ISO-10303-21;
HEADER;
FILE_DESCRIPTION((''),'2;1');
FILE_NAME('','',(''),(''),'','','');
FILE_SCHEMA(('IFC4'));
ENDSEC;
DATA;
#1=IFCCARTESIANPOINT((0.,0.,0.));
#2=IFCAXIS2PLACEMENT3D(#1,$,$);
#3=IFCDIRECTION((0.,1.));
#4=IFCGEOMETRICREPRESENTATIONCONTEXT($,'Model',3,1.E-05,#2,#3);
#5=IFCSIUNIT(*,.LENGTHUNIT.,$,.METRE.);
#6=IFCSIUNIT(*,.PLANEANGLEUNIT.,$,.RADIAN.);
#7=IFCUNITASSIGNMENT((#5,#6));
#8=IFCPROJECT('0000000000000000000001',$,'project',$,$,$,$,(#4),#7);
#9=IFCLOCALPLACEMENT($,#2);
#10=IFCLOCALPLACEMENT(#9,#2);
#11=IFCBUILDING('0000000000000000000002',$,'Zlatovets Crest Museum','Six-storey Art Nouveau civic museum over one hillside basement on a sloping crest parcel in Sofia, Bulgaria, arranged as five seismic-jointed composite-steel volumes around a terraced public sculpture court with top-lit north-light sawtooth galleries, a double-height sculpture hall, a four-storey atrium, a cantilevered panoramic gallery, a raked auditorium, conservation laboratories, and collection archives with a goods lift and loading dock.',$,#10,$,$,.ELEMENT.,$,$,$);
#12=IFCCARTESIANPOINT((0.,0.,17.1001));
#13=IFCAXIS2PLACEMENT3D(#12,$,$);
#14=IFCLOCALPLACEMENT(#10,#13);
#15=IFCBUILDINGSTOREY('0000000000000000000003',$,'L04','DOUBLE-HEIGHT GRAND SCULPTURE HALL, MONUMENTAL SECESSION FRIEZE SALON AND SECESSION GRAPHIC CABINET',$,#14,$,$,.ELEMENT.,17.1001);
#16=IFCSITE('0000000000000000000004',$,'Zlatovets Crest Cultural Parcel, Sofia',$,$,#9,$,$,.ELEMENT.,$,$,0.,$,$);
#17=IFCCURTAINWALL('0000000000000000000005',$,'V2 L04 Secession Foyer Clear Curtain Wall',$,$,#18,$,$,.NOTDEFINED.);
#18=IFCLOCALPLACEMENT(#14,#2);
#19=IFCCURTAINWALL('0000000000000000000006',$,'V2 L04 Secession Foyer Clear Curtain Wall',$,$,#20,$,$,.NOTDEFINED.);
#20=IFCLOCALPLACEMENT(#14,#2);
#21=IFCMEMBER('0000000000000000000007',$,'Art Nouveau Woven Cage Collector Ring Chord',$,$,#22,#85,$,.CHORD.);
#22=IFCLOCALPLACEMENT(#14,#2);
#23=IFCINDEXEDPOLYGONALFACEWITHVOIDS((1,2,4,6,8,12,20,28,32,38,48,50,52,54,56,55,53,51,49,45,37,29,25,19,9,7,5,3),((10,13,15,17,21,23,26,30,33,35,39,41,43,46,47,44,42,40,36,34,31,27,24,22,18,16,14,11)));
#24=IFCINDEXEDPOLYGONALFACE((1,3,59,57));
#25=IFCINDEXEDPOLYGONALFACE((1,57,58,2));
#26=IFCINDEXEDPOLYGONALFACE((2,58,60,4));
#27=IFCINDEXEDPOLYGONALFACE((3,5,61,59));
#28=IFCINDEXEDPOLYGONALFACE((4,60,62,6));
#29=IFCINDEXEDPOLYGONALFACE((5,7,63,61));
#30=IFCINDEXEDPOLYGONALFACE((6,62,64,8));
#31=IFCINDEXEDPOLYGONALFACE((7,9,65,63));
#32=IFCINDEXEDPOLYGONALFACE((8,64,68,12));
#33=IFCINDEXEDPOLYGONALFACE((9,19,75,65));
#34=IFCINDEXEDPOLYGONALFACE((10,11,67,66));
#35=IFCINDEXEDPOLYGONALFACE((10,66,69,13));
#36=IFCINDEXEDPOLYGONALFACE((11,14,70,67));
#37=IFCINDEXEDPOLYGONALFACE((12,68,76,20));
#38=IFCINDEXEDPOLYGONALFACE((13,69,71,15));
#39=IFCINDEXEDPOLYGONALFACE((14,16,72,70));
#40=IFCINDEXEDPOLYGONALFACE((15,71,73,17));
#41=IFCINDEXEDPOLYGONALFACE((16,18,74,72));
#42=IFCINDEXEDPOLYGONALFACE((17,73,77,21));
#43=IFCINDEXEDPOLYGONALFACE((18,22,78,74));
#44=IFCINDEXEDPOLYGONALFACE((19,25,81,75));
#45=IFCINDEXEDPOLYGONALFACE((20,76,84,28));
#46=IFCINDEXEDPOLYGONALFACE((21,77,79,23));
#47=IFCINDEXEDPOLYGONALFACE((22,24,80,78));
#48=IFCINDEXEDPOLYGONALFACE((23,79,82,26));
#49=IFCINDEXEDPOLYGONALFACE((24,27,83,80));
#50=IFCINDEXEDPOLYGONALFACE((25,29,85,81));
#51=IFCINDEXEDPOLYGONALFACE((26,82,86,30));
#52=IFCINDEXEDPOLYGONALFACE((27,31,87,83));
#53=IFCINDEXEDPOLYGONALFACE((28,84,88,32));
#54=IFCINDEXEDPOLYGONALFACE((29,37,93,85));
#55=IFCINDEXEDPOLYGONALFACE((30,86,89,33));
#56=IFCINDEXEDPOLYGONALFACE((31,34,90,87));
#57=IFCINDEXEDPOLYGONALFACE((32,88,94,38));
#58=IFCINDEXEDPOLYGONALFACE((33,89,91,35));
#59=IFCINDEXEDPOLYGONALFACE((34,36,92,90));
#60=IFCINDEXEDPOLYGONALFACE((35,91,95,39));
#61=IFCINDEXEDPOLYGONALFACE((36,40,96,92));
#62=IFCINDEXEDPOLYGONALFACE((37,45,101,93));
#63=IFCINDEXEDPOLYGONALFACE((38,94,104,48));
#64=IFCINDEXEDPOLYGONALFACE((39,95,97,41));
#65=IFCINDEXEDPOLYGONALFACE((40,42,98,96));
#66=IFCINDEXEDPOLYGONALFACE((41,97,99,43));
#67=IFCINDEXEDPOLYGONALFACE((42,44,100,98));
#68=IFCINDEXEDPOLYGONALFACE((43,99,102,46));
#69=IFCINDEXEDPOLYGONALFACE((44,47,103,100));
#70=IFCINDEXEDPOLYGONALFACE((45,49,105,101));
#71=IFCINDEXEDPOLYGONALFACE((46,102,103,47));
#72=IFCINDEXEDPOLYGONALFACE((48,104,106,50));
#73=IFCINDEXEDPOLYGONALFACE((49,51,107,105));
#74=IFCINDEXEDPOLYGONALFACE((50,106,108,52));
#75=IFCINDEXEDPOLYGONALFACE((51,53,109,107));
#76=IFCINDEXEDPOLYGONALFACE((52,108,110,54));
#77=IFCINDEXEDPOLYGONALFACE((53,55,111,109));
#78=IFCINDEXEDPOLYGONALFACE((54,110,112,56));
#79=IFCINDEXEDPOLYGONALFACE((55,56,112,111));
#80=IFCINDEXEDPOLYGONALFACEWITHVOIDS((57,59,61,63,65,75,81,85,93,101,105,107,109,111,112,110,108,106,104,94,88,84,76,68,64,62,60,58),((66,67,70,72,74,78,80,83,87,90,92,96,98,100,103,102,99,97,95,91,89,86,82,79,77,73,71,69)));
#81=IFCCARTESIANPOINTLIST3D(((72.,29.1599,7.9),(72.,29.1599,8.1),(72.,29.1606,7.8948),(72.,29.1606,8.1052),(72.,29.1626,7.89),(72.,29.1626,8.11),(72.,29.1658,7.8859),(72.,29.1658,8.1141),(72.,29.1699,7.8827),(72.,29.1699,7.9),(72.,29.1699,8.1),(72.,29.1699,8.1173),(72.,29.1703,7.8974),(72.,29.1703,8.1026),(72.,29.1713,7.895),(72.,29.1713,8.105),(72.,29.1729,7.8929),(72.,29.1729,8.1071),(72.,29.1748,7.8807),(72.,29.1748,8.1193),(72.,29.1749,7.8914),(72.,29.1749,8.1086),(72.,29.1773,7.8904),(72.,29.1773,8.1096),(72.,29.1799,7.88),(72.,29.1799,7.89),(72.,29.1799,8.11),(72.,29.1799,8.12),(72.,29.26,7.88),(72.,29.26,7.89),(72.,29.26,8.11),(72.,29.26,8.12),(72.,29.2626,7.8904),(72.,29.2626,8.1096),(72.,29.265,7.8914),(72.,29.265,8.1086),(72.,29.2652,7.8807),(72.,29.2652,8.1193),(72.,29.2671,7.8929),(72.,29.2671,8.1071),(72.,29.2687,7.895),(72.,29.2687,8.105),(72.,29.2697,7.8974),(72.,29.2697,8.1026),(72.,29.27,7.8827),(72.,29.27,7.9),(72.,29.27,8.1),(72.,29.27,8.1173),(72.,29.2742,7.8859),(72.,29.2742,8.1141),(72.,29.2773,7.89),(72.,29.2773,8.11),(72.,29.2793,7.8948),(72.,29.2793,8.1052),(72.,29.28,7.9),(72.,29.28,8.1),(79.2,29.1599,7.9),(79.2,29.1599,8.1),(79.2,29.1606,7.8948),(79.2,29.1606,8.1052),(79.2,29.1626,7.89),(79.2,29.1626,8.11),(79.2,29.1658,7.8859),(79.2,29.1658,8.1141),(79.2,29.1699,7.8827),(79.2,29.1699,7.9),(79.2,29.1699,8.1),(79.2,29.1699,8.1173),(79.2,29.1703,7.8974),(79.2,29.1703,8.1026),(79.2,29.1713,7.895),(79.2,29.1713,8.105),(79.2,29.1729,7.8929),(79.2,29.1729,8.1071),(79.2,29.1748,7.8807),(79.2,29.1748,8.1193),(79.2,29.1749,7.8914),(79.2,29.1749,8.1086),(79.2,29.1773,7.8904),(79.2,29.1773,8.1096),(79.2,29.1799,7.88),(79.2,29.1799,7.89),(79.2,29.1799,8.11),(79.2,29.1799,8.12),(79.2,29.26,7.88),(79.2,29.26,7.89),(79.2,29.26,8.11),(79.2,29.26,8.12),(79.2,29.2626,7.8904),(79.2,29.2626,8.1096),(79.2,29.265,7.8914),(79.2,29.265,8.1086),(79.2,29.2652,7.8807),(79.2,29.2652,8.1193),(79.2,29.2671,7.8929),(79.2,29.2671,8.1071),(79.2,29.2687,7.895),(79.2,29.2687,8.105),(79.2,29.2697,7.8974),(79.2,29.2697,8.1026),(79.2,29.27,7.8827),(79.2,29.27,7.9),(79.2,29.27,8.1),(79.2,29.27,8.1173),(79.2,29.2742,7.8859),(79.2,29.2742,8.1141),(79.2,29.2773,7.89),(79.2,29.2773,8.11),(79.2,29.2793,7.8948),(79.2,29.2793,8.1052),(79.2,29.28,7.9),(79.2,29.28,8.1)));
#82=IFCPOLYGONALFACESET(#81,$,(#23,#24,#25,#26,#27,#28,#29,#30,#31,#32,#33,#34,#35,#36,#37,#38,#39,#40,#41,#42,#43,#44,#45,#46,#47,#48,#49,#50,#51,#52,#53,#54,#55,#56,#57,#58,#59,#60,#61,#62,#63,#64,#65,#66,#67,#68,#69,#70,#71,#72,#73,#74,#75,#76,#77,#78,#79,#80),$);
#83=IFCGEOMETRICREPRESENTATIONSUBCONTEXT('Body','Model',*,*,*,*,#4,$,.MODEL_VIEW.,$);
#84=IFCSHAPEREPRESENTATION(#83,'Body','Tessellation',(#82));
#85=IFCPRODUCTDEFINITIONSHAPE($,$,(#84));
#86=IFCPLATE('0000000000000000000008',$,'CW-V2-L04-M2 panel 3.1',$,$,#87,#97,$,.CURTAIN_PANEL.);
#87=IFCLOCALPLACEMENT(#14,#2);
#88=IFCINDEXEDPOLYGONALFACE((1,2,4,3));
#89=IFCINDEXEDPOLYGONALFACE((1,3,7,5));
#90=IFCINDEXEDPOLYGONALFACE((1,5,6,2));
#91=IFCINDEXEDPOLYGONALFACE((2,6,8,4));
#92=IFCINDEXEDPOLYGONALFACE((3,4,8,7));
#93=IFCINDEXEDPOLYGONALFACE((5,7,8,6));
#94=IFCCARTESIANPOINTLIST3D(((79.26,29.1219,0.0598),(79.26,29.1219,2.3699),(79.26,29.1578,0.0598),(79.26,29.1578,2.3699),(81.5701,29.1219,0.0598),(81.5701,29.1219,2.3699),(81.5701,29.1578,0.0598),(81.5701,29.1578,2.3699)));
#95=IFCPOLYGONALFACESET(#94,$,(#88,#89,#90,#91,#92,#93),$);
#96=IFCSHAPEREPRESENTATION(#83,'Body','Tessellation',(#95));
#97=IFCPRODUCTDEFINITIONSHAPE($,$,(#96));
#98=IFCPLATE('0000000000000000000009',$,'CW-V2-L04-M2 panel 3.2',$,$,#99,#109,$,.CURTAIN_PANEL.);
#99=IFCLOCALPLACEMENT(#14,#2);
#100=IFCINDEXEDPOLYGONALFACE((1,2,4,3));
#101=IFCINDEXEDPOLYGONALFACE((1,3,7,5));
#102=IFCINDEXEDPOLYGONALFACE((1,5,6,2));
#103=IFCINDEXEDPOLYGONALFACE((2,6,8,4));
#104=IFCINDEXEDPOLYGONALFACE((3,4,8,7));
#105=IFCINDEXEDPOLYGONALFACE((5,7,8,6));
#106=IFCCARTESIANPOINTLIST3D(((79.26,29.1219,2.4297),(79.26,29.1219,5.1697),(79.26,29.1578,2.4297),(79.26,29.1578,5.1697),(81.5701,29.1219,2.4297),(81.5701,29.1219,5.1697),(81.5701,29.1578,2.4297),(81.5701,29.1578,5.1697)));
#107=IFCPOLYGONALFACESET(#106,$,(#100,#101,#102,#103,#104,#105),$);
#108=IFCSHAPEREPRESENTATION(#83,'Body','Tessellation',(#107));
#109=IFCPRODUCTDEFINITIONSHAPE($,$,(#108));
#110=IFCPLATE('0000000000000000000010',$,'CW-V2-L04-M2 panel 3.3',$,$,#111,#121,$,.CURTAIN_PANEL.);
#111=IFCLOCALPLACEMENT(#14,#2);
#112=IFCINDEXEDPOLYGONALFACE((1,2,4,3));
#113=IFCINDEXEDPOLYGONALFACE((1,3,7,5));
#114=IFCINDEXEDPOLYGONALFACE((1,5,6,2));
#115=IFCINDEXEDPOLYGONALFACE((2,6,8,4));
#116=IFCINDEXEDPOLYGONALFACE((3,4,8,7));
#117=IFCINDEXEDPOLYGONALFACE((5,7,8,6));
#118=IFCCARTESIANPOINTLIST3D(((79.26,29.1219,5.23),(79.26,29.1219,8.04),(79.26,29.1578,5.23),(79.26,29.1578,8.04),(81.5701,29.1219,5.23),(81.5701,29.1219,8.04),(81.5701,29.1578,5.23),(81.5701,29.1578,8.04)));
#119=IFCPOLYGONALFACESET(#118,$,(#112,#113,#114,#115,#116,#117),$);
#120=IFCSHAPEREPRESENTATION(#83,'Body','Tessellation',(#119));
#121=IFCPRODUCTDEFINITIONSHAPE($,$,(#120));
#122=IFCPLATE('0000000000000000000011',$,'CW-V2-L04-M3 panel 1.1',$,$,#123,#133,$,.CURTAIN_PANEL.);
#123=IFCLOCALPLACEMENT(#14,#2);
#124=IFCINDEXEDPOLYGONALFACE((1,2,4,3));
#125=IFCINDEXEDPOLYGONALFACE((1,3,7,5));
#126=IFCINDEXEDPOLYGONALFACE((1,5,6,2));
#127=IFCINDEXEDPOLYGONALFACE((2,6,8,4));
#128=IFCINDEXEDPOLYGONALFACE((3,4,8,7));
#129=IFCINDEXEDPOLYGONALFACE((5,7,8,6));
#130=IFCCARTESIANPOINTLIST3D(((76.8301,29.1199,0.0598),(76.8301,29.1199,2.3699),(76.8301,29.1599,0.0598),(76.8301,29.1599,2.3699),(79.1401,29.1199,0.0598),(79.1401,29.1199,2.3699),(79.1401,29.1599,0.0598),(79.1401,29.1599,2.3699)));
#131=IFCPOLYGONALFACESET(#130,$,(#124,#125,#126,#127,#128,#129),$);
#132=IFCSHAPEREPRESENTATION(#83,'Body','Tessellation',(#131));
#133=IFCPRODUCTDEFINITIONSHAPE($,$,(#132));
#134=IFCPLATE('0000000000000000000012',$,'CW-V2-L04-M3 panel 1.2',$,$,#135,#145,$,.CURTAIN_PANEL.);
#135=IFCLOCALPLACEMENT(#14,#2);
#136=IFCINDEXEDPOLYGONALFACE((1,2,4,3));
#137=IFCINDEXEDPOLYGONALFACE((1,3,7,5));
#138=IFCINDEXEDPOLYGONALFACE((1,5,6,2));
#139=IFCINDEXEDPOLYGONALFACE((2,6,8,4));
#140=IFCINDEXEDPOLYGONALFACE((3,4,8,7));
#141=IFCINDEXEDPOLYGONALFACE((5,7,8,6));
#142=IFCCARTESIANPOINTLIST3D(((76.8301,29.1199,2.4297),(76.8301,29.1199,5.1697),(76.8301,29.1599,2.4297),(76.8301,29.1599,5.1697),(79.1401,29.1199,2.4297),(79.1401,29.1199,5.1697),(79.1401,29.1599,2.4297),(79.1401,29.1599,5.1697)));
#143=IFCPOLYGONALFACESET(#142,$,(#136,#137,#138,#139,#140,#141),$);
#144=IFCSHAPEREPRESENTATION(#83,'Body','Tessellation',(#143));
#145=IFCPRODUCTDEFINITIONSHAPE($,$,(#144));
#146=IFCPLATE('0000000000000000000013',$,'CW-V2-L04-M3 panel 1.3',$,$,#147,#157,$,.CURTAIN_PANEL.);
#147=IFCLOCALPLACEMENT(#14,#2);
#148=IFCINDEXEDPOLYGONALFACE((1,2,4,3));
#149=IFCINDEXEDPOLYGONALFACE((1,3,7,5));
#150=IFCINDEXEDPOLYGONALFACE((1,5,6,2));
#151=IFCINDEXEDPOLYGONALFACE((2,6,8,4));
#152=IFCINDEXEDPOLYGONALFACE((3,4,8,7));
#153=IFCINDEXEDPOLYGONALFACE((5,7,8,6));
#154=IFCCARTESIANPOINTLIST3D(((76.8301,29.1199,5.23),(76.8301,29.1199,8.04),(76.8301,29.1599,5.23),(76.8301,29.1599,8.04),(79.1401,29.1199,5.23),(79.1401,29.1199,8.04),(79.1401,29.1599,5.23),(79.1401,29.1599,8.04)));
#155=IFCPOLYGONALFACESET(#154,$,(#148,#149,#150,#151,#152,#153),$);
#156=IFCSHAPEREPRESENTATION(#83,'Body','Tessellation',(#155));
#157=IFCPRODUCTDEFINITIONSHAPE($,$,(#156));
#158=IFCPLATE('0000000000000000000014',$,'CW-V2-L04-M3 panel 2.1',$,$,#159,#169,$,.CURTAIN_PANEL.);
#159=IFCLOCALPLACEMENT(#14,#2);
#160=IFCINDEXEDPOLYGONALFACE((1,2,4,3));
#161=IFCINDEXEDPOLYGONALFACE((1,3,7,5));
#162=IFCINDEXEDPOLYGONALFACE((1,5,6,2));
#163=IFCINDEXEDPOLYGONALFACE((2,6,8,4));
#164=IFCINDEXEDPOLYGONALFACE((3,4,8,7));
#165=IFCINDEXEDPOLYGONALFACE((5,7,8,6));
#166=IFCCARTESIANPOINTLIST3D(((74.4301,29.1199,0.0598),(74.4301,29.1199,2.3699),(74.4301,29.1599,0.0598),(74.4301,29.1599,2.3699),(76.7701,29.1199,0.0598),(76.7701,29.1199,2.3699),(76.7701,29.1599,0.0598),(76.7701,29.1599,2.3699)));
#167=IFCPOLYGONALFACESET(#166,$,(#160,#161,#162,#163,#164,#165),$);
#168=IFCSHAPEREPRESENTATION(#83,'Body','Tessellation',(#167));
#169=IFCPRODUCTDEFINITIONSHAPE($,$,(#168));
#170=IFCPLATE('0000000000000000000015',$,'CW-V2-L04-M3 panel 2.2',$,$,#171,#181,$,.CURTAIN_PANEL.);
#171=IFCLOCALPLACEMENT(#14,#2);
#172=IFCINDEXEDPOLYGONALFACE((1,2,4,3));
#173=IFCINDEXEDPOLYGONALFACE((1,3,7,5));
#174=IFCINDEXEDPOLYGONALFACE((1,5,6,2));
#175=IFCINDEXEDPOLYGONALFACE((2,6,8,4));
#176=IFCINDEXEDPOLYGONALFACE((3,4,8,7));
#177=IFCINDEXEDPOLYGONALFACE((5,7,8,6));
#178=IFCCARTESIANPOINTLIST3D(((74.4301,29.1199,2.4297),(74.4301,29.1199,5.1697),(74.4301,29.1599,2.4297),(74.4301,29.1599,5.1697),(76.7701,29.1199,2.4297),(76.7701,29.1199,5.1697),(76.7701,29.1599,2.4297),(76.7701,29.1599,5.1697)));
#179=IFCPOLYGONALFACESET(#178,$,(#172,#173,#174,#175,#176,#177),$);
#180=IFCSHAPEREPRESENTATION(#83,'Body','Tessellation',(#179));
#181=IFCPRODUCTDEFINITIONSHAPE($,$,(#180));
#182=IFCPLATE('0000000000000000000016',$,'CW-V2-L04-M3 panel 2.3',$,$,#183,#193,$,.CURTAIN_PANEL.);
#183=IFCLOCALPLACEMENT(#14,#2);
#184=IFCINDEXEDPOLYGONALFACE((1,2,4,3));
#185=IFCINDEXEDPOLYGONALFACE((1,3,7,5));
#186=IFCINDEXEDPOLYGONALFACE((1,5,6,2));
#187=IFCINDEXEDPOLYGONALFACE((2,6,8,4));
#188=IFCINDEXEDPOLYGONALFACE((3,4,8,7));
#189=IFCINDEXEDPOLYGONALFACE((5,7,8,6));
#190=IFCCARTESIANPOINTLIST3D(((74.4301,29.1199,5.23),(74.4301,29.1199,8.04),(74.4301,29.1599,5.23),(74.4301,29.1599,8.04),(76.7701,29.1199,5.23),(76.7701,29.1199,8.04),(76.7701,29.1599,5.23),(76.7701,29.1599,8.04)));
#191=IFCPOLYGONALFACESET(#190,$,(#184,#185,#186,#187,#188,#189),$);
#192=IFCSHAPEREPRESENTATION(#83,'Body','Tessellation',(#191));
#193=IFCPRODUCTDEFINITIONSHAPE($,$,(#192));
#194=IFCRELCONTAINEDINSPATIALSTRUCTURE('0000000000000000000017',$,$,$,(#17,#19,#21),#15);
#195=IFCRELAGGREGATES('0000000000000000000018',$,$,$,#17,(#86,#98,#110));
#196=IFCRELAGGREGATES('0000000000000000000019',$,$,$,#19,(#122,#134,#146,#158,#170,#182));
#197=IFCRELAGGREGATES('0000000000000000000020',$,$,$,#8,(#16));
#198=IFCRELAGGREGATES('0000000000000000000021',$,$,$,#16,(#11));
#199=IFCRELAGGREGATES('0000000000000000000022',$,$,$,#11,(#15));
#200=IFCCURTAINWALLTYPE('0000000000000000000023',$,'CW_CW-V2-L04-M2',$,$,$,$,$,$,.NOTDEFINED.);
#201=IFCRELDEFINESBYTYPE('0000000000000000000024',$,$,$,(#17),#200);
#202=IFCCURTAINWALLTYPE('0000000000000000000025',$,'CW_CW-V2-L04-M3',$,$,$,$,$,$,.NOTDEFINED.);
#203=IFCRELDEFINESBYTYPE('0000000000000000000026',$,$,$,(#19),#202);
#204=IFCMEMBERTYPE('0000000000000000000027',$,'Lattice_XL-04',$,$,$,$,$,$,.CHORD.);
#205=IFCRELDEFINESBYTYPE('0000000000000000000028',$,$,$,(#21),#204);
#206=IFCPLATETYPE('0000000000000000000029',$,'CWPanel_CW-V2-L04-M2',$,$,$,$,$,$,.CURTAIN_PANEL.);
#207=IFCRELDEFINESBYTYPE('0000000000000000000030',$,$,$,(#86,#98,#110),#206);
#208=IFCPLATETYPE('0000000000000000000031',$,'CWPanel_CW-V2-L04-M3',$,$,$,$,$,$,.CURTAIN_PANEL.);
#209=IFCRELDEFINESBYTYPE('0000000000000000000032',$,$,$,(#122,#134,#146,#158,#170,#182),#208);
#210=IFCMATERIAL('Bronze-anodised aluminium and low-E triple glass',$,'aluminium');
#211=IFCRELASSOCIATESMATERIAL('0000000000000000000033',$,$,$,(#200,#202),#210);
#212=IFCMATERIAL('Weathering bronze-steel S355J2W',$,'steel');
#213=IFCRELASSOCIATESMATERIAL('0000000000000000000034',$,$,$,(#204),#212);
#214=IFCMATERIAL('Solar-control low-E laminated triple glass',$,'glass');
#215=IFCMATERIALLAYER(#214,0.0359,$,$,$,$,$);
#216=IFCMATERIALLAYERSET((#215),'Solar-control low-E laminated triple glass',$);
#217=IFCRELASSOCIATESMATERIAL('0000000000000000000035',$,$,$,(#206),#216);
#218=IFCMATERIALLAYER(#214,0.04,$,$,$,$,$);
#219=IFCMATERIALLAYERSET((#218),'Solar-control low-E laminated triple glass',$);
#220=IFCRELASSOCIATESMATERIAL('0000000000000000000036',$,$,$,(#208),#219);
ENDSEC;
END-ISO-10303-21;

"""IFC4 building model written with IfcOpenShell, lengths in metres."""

from ifc_helpers import new_model, si_unit, direction, frame, origin, origin_2d, place, context, subcontext, project, spatial, rectangle, hollow_rectangle, extrude, material, layer, layer_set, material_profile, profile_set, type_object, element, aggregate, save


model = new_model("IFC4")

# Units and contexts
model_context = context("Model", 3, precision=1e-05, world=origin(), true_north=direction((0.0, 1.0)))
body_context = subcontext(model_context, "Body", "Model", "MODEL_VIEW")
ifc_project = project(units=[si_unit("LENGTHUNIT", "METRE"), si_unit("PLANEANGLEUNIT", "RADIAN")], contexts=[model_context])

# Site, building, storey
site_placement = place(None, origin())
site = spatial("IfcSite", under=ifc_project, at=site_placement, Name="Zlatovets Crest Cultural Parcel, Sofia", CompositionType="ELEMENT", RefElevation=0.0)
building_placement = place(site_placement, origin())
building = spatial("IfcBuilding", under=site, at=building_placement, Name="Zlatovets Crest Museum", Description="Six-storey Art Nouveau civic museum over one hillside basement on a sloping crest parcel in Sofia, Bulgaria, arranged as five seismic-jointed composite-steel volumes around a terraced public sculpture court with top-lit north-light sawtooth galleries, a double-height sculpture hall, a four-storey atrium, a cantilevered panoramic gallery, a raked auditorium, conservation laboratories, and collection archives with a goods lift and loading dock.", CompositionType="ELEMENT")
storey_placement = place(building_placement, frame((0.0, 0.0, 17.1001)))
storey = spatial("IfcBuildingStorey", under=building, at=storey_placement, Name="L04", Description="DOUBLE-HEIGHT GRAND SCULPTURE HALL, MONUMENTAL SECESSION FRIEZE SALON AND SECESSION GRAPHIC CABINET", CompositionType="ELEMENT", Elevation=17.1001)

# Curtain wall
ifc_material_1 = material(Name="Bronze-anodised aluminium and low-E triple glass", Category="aluminium")
curtain_wall_type_1 = type_object("IfcCurtainWallType", Name="CW_CW-V2-L04-M2", PredefinedType="NOTDEFINED", material=ifc_material_1)
curtain_wall_1_placement = place(storey_placement, origin())
curtain_wall_1 = element("IfcCurtainWall", 1, at=curtain_wall_1_placement, inside=storey, type_object=curtain_wall_type_1, Name="V2 L04 Secession Foyer Clear Curtain Wall", PredefinedType="NOTDEFINED")

# Curtain wall
curtain_wall_type_2 = type_object("IfcCurtainWallType", Name="CW_CW-V2-L04-M3", PredefinedType="NOTDEFINED", material=ifc_material_1)
curtain_wall_2_placement = place(storey_placement, origin())
curtain_wall_2 = element("IfcCurtainWall", 2, at=curtain_wall_2_placement, inside=storey, type_object=curtain_wall_type_2, Name="V2 L04 Secession Foyer Clear Curtain Wall", PredefinedType="NOTDEFINED")

# Member
ifc_material_2 = material(Name="Weathering bronze-steel S355J2W", Category="steel")
ifc_material_profile_1 = material_profile(ifc_material_2, hollow_rectangle(XDim=0.1201, YDim=0.24, WallThickness=0.01, InnerFilletRadius=0.01, OuterFilletRadius=0.02, at=origin_2d()), Name="RHS 120x240x10.0")
ifc_profile_set_1 = profile_set([ifc_material_profile_1], Name="Weathering bronze-steel S355J2W")
member_type_1 = type_object("IfcMemberType", Name="Lattice_XL-04", PredefinedType="CHORD", material=ifc_profile_set_1)
member_1_placement = place(storey_placement, frame((79.2, 29.22, 8.0), z_axis=(-1.0, 0.0, 0.0), x_axis=(0.0, -1.0, 0.0)))
element("IfcMember", 3, at=member_1_placement, inside=storey, type_object=member_type_1, Name="Art Nouveau Woven Cage Collector Ring Chord", PredefinedType="CHORD", context=body_context, shape_type="SweptSolid", body=[
    extrude(hollow_rectangle(XDim=0.1201, YDim=0.24, WallThickness=0.01, InnerFilletRadius=0.01, OuterFilletRadius=0.02, at=origin_2d()), origin(), (0.0, 0.0, 1.0), 7.2),
])

# Plates
ifc_material_3 = material(Name="Solar-control low-E laminated triple glass", Category="glass")
ifc_layer_1 = layer(ifc_material_3, 0.0359)
ifc_layer_set_1 = layer_set([ifc_layer_1], Name="Solar-control low-E laminated triple glass")
plate_type_1 = type_object("IfcPlateType", Name="CWPanel_CW-V2-L04-M2", PredefinedType="CURTAIN_PANEL", material=ifc_layer_set_1)
plate_1_placement = place(storey_placement, frame((80.415, 29.1399, 0.0598), z_axis=(0.0, 0.0, 1.0), x_axis=(-1.0, 0.0, 0.0)))
plate_1 = element("IfcPlate", 4, at=plate_1_placement, type_object=plate_type_1, Name="CW-V2-L04-M2 panel 3.1", PredefinedType="CURTAIN_PANEL", context=body_context, shape_type="SweptSolid", body=[
    extrude(rectangle(XDim=2.3101, YDim=0.0359, at=origin_2d()), origin(), (0.0, 0.0, 1.0), 2.3101),
])
plate_2_placement = place(storey_placement, frame((80.415, 29.1399, 2.4297), z_axis=(0.0, 0.0, 1.0), x_axis=(-1.0, 0.0, 0.0)))
plate_2 = element("IfcPlate", 5, at=plate_2_placement, type_object=plate_type_1, Name="CW-V2-L04-M2 panel 3.2", PredefinedType="CURTAIN_PANEL", context=body_context, shape_type="SweptSolid", body=[
    extrude(rectangle(XDim=2.3101, YDim=0.0359, at=origin_2d()), origin(), (0.0, 0.0, 1.0), 2.74),
])
plate_3_placement = place(storey_placement, frame((80.415, 29.1399, 5.23), z_axis=(0.0, 0.0, 1.0), x_axis=(-1.0, 0.0, 0.0)))
plate_3 = element("IfcPlate", 6, at=plate_3_placement, type_object=plate_type_1, Name="CW-V2-L04-M2 panel 3.3", PredefinedType="CURTAIN_PANEL", context=body_context, shape_type="SweptSolid", body=[
    extrude(rectangle(XDim=2.3101, YDim=0.0359, at=origin_2d()), origin(), (0.0, 0.0, 1.0), 2.8101),
])
aggregate(curtain_wall_1, [plate_1, plate_2, plate_3])
ifc_layer_2 = layer(ifc_material_3, 0.04)
ifc_layer_set_2 = layer_set([ifc_layer_2], Name="Solar-control low-E laminated triple glass")
plate_type_2 = type_object("IfcPlateType", Name="CWPanel_CW-V2-L04-M3", PredefinedType="CURTAIN_PANEL", material=ifc_layer_set_2)
plate_4_placement = place(storey_placement, frame((77.9851, 29.1399, 0.0598), z_axis=(0.0, 0.0, 1.0), x_axis=(-1.0, 0.0, 0.0)))
plate_4 = element("IfcPlate", 7, at=plate_4_placement, type_object=plate_type_2, Name="CW-V2-L04-M3 panel 1.1", PredefinedType="CURTAIN_PANEL", context=body_context, shape_type="SweptSolid", body=[
    extrude(rectangle(XDim=2.3101, YDim=0.04, at=origin_2d()), origin(), (0.0, 0.0, 1.0), 2.3101),
])
plate_5_placement = place(storey_placement, frame((77.9851, 29.1399, 2.4297), z_axis=(0.0, 0.0, 1.0), x_axis=(-1.0, 0.0, 0.0)))
plate_5 = element("IfcPlate", 8, at=plate_5_placement, type_object=plate_type_2, Name="CW-V2-L04-M3 panel 1.2", PredefinedType="CURTAIN_PANEL", context=body_context, shape_type="SweptSolid", body=[
    extrude(rectangle(XDim=2.3101, YDim=0.04, at=origin_2d()), origin(), (0.0, 0.0, 1.0), 2.74),
])
plate_6_placement = place(storey_placement, frame((77.9851, 29.1399, 5.23), z_axis=(0.0, 0.0, 1.0), x_axis=(-1.0, 0.0, 0.0)))
plate_6 = element("IfcPlate", 9, at=plate_6_placement, type_object=plate_type_2, Name="CW-V2-L04-M3 panel 1.3", PredefinedType="CURTAIN_PANEL", context=body_context, shape_type="SweptSolid", body=[
    extrude(rectangle(XDim=2.3101, YDim=0.04, at=origin_2d()), origin(), (0.0, 0.0, 1.0), 2.8101),
])
plate_7_placement = place(storey_placement, frame((75.6001, 29.1399, 0.0598), z_axis=(0.0, 0.0, 1.0), x_axis=(-1.0, 0.0, 0.0)))
plate_7 = element("IfcPlate", 10, at=plate_7_placement, type_object=plate_type_2, Name="CW-V2-L04-M3 panel 2.1", PredefinedType="CURTAIN_PANEL", context=body_context, shape_type="SweptSolid", body=[
    extrude(rectangle(XDim=2.3401, YDim=0.04, at=origin_2d()), origin(), (0.0, 0.0, 1.0), 2.3101),
])
plate_8_placement = place(storey_placement, frame((75.6001, 29.1399, 2.4297), z_axis=(0.0, 0.0, 1.0), x_axis=(-1.0, 0.0, 0.0)))
plate_8 = element("IfcPlate", 11, at=plate_8_placement, type_object=plate_type_2, Name="CW-V2-L04-M3 panel 2.2", PredefinedType="CURTAIN_PANEL", context=body_context, shape_type="SweptSolid", body=[
    extrude(rectangle(XDim=2.3401, YDim=0.04, at=origin_2d()), origin(), (0.0, 0.0, 1.0), 2.74),
])
plate_9_placement = place(storey_placement, frame((75.6001, 29.1399, 5.23), z_axis=(0.0, 0.0, 1.0), x_axis=(-1.0, 0.0, 0.0)))
plate_9 = element("IfcPlate", 12, at=plate_9_placement, type_object=plate_type_2, Name="CW-V2-L04-M3 panel 2.3", PredefinedType="CURTAIN_PANEL", context=body_context, shape_type="SweptSolid", body=[
    extrude(rectangle(XDim=2.3401, YDim=0.04, at=origin_2d()), origin(), (0.0, 0.0, 1.0), 2.8101),
])
aggregate(curtain_wall_2, [plate_4, plate_5, plate_6, plate_7, plate_8, plate_9])

save(model, "model.ifc")
